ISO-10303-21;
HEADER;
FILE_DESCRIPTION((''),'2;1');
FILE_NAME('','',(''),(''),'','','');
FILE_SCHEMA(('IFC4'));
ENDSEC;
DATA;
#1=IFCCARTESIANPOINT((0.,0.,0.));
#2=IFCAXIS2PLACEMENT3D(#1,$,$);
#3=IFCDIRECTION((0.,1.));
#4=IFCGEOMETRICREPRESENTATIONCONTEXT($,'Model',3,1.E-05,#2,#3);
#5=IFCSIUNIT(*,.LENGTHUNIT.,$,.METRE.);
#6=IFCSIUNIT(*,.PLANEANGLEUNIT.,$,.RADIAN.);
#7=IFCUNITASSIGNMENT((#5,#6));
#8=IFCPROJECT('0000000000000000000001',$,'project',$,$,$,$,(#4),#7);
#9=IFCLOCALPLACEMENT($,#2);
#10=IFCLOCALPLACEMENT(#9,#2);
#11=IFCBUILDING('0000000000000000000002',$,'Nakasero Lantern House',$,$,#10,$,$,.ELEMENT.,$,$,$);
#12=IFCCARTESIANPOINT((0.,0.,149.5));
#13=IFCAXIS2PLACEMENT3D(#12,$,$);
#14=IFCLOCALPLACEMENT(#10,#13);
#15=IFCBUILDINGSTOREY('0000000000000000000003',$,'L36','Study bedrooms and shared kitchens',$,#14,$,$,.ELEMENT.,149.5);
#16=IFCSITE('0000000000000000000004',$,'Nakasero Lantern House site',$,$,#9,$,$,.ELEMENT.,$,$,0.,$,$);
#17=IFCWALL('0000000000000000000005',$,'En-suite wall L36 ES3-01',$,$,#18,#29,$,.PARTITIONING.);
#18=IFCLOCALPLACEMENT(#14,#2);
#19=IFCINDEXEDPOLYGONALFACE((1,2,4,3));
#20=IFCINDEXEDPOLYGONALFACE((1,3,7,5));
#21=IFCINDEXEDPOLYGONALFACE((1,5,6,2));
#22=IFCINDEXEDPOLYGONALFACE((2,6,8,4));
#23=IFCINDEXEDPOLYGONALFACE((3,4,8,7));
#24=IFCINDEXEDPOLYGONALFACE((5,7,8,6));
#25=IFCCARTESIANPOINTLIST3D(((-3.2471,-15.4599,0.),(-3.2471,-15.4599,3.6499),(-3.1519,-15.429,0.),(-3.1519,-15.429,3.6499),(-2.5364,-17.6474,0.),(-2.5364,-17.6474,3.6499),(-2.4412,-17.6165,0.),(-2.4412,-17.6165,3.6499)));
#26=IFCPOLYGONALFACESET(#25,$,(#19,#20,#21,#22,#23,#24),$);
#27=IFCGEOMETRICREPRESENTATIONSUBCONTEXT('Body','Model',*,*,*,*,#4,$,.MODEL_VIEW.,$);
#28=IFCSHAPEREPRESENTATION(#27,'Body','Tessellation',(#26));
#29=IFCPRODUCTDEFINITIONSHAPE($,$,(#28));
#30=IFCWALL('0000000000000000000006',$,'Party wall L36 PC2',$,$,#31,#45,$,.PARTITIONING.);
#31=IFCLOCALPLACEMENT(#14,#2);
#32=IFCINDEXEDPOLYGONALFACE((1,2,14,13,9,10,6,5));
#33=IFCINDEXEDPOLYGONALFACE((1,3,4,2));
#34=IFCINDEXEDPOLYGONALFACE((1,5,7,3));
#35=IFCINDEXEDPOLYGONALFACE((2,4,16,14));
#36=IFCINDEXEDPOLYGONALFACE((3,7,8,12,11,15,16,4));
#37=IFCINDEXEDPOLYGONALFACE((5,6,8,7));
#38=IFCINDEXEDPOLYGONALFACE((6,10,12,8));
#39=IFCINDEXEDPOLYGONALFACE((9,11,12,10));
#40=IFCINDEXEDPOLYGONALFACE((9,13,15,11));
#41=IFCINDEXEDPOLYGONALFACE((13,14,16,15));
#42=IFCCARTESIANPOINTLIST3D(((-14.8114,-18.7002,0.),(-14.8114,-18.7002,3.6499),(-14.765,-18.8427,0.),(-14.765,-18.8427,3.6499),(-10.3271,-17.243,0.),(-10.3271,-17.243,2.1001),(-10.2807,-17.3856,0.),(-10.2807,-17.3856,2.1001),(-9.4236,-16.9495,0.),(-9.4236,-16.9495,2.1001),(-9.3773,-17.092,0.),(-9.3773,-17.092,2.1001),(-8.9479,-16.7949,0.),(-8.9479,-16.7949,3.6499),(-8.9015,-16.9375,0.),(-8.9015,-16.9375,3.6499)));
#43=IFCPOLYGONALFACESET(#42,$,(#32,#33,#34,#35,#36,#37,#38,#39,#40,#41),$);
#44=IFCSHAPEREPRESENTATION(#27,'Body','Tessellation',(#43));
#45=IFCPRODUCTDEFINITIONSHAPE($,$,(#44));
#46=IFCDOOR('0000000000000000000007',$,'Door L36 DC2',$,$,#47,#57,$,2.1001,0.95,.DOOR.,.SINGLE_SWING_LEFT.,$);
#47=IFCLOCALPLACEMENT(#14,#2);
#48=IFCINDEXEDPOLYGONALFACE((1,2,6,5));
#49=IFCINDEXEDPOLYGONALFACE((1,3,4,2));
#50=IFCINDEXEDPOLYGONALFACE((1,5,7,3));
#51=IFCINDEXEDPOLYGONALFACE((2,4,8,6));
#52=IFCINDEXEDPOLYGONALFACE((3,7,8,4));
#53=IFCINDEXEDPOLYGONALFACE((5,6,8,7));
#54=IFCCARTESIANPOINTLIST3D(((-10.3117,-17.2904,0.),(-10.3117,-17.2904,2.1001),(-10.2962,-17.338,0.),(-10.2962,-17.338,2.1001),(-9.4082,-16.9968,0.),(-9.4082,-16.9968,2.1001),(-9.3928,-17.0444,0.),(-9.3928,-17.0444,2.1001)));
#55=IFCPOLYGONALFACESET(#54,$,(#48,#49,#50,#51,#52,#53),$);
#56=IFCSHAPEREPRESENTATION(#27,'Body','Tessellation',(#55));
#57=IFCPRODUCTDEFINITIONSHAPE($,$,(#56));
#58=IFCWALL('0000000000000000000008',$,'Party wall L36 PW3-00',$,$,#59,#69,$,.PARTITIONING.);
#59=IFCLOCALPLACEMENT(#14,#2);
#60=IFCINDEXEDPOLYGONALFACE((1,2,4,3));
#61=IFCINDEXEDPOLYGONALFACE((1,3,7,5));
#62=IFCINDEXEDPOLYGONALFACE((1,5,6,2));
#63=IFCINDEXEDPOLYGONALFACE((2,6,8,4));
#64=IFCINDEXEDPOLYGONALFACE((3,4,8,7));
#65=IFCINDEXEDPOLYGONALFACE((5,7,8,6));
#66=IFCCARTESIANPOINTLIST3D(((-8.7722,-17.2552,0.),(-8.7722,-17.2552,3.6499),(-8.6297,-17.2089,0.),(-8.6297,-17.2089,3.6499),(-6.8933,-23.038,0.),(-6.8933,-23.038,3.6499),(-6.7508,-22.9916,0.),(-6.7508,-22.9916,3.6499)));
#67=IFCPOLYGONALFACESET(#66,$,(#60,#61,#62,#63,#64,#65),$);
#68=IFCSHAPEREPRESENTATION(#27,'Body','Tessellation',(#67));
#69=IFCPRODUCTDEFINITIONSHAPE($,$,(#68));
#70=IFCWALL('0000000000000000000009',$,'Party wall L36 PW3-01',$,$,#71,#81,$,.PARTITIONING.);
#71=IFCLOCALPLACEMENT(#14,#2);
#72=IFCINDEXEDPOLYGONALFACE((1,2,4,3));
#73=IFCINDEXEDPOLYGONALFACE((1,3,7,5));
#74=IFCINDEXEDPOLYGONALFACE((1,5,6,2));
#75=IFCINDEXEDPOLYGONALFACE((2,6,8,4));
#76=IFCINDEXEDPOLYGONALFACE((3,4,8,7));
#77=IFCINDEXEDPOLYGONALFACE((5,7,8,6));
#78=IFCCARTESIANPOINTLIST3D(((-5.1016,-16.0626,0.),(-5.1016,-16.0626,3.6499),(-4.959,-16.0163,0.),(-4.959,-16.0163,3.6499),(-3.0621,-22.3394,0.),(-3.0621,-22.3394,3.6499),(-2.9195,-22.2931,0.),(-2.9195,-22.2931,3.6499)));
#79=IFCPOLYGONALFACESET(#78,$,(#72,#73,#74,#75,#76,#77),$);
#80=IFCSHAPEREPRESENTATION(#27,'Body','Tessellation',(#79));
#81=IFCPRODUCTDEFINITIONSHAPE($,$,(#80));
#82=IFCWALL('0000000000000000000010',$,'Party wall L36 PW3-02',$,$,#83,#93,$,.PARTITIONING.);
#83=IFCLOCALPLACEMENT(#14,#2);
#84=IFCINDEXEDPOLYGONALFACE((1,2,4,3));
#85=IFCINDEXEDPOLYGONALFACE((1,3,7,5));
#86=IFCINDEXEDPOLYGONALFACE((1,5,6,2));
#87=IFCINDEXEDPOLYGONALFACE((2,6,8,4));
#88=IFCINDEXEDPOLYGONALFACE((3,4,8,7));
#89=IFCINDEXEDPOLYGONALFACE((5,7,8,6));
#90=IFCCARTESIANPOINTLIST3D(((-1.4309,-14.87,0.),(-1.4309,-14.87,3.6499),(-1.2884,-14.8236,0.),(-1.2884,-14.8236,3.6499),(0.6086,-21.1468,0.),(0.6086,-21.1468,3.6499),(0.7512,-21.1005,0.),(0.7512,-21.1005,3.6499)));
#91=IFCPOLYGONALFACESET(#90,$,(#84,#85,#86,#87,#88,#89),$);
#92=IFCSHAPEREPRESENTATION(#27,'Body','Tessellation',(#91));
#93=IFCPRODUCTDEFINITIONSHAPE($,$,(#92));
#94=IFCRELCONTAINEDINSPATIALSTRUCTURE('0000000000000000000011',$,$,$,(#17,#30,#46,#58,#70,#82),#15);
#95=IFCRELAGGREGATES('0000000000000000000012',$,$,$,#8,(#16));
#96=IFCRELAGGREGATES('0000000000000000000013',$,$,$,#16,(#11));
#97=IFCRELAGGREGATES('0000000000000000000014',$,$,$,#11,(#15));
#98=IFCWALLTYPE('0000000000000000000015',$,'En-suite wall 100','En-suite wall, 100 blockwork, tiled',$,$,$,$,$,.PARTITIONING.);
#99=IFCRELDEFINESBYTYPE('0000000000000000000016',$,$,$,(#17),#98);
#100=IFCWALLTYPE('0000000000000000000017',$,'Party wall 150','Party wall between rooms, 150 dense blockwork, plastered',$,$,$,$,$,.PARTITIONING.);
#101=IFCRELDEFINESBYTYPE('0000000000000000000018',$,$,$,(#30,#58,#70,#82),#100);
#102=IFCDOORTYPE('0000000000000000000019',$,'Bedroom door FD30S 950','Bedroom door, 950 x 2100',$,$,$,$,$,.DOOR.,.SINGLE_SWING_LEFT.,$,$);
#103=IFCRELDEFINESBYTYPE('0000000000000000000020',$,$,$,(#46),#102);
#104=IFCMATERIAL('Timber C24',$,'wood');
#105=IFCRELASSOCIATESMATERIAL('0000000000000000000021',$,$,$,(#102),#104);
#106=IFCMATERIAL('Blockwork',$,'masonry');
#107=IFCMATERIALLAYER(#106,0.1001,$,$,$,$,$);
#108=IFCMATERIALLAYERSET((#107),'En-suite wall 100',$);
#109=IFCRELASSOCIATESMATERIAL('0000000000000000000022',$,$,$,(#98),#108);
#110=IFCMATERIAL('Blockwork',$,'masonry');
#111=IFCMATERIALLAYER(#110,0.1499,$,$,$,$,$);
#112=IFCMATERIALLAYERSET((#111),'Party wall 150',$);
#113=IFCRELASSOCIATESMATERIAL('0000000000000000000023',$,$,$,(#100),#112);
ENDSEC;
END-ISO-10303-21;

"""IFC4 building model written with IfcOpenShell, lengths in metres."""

from ifc_helpers import new_model, si_unit, direction, frame, frame_2d, origin, place, context, subcontext, project, spatial, rectangle, extrude, material, layer, layer_set, type_object, element, fill, save


model = new_model("IFC4")

# Units and contexts
model_context = context("Model", 3, precision=1e-05, world=origin(), true_north=direction((0.0, 1.0)))
body_context = subcontext(model_context, "Body", "Model", "MODEL_VIEW")
ifc_project = project(units=[si_unit("LENGTHUNIT", "METRE"), si_unit("PLANEANGLEUNIT", "RADIAN")], contexts=[model_context])

# Site, building, storey
site_placement = place(None, origin())
site = spatial("IfcSite", under=ifc_project, at=site_placement, Name="Nakasero Lantern House site", CompositionType="ELEMENT", RefElevation=0.0)
building_placement = place(site_placement, origin())
building = spatial("IfcBuilding", under=site, at=building_placement, Name="Nakasero Lantern House", CompositionType="ELEMENT")
storey_placement = place(building_placement, frame((0.0, 0.0, 149.5)))
storey = spatial("IfcBuildingStorey", under=building, at=storey_placement, Name="L36", Description="Study bedrooms and shared kitchens", CompositionType="ELEMENT", Elevation=149.5)

# Shared definitions
ifc_material_1 = material(Name="Timber C24", Category="wood")
door_type_1 = type_object("IfcDoorType", Name="Bedroom door FD30S 950", Description="Bedroom door, 950 x 2100", OperationType="SINGLE_SWING_LEFT", PredefinedType="DOOR", material=ifc_material_1)

# Wall
ifc_material_2 = material(Name="Blockwork", Category="masonry")
ifc_layer_1 = layer(ifc_material_2, 0.1001)
ifc_layer_set_1 = layer_set([ifc_layer_1], Name="En-suite wall 100")
wall_type_1 = type_object("IfcWallType", Name="En-suite wall 100", Description="En-suite wall, 100 blockwork, tiled", PredefinedType="PARTITIONING", material=ifc_layer_set_1)
wall_1_placement = place(storey_placement, frame((-3.1995, -15.4446, 0.0), z_axis=(0.0, 0.0, 1.0), x_axis=(0.30899, -0.951065, 0.0)))
element("IfcWall", 1, at=wall_1_placement, inside=storey, type_object=wall_type_1, Name="En-suite wall L36 ES3-01", PredefinedType="PARTITIONING", context=body_context, shape_type="SweptSolid", body=[
    extrude(rectangle(XDim=2.3, YDim=0.1001, at=frame_2d((1.1499, 0.0))), origin(), (0.0, 0.0, 1.0), 3.6499),
])

# Wall, opening, door
ifc_material_3 = material(Name="Blockwork", Category="masonry")
ifc_layer_2 = layer(ifc_material_3, 0.1499)
ifc_layer_set_2 = layer_set([ifc_layer_2], Name="Party wall 150")
wall_type_2 = type_object("IfcWallType", Name="Party wall 150", Description="Party wall between rooms, 150 dense blockwork, plastered", PredefinedType="PARTITIONING", material=ifc_layer_set_2)
wall_2_placement = place(storey_placement, frame((-8.9248, -16.8662, 0.0), z_axis=(0.0, 0.0, 1.0), x_axis=(-0.951052, -0.309031, 0.0)))
wall_2 = element("IfcWall", 2, at=wall_2_placement, inside=storey, type_object=wall_type_2, Name="Party wall L36 PC2", PredefinedType="PARTITIONING", context=body_context, shape_type="SweptSolid", body=[
    extrude(rectangle(XDim=6.1653, YDim=0.1499, at=frame_2d((3.0825, 0.0))), origin(), (0.0, 0.0, 1.0), 3.6499),
])
opening_1_placement = place(wall_2_placement, frame((0.5, 0.0, 0.0)))
opening_1 = element("IfcOpeningElement", 3, at=opening_1_placement, cuts=wall_2, PredefinedType="OPENING", context=body_context, shape_type="SweptSolid", body=[
    extrude(rectangle(XDim=0.95, YDim=2.1001, at=frame_2d((0.4751, 1.05))), frame((0.0, 0.095, 0.0), z_axis=(0.0, -1.0, 0.0), x_axis=(1.0, 0.0, 0.0)), (0.0, 0.0, 1.0), 0.1899),
])
door_1_placement = place(opening_1_placement, origin())
door_1 = element("IfcDoor", 4, at=door_1_placement, inside=storey, type_object=door_type_1, Name="Door L36 DC2", OperationType="SINGLE_SWING_LEFT", OverallHeight=2.1001, OverallWidth=0.95, PredefinedType="DOOR", context=body_context, shape_type="SweptSolid", body=[
    extrude(rectangle(XDim=0.95, YDim=2.1001, at=frame_2d((0.4751, 1.05))), frame((0.0, 0.0249, 0.0), z_axis=(0.0, -1.0, 0.0), x_axis=(1.0, 0.0, 0.0)), (0.0, 0.0, 1.0), 0.05),
])
fill(opening_1, door_1)

# Walls
wall_3_placement = place(storey_placement, frame((-8.7009, -17.2322, 0.0), z_axis=(0.0, 0.0, 1.0), x_axis=(0.309015, -0.951057, 0.0)))
element("IfcWall", 5, at=wall_3_placement, inside=storey, type_object=wall_type_2, Name="Party wall L36 PW3-00", PredefinedType="PARTITIONING", context=body_context, shape_type="SweptSolid", body=[
    extrude(rectangle(XDim=6.0803, YDim=0.1499, at=frame_2d((3.04, 0.0))), origin(), (0.0, 0.0, 1.0), 3.6499),
])
for number, where, z_axis, x_axis, name in (
    (6, (-5.0303, -16.0396, 0.0), (0.0, 0.0, 1.0), (0.309028, -0.951053, 0.0), "Party wall L36 PW3-01"),
    (7, (-1.3596, -14.8469, 0.0), (0.0, 0.0, 1.0), (0.309028, -0.951053, 0.0), "Party wall L36 PW3-02"),
):
    element("IfcWall", number, at=place(storey_placement, frame(where, z_axis=z_axis, x_axis=x_axis)), inside=storey, type_object=wall_type_2, Name=name, PredefinedType="PARTITIONING", context=body_context, shape_type="SweptSolid", body=[
        extrude(rectangle(XDim=6.5999, YDim=0.1499, at=frame_2d((3.2998, 0.0))), origin(), (0.0, 0.0, 1.0), 3.6499),
    ])

save(model, "model.ifc")
